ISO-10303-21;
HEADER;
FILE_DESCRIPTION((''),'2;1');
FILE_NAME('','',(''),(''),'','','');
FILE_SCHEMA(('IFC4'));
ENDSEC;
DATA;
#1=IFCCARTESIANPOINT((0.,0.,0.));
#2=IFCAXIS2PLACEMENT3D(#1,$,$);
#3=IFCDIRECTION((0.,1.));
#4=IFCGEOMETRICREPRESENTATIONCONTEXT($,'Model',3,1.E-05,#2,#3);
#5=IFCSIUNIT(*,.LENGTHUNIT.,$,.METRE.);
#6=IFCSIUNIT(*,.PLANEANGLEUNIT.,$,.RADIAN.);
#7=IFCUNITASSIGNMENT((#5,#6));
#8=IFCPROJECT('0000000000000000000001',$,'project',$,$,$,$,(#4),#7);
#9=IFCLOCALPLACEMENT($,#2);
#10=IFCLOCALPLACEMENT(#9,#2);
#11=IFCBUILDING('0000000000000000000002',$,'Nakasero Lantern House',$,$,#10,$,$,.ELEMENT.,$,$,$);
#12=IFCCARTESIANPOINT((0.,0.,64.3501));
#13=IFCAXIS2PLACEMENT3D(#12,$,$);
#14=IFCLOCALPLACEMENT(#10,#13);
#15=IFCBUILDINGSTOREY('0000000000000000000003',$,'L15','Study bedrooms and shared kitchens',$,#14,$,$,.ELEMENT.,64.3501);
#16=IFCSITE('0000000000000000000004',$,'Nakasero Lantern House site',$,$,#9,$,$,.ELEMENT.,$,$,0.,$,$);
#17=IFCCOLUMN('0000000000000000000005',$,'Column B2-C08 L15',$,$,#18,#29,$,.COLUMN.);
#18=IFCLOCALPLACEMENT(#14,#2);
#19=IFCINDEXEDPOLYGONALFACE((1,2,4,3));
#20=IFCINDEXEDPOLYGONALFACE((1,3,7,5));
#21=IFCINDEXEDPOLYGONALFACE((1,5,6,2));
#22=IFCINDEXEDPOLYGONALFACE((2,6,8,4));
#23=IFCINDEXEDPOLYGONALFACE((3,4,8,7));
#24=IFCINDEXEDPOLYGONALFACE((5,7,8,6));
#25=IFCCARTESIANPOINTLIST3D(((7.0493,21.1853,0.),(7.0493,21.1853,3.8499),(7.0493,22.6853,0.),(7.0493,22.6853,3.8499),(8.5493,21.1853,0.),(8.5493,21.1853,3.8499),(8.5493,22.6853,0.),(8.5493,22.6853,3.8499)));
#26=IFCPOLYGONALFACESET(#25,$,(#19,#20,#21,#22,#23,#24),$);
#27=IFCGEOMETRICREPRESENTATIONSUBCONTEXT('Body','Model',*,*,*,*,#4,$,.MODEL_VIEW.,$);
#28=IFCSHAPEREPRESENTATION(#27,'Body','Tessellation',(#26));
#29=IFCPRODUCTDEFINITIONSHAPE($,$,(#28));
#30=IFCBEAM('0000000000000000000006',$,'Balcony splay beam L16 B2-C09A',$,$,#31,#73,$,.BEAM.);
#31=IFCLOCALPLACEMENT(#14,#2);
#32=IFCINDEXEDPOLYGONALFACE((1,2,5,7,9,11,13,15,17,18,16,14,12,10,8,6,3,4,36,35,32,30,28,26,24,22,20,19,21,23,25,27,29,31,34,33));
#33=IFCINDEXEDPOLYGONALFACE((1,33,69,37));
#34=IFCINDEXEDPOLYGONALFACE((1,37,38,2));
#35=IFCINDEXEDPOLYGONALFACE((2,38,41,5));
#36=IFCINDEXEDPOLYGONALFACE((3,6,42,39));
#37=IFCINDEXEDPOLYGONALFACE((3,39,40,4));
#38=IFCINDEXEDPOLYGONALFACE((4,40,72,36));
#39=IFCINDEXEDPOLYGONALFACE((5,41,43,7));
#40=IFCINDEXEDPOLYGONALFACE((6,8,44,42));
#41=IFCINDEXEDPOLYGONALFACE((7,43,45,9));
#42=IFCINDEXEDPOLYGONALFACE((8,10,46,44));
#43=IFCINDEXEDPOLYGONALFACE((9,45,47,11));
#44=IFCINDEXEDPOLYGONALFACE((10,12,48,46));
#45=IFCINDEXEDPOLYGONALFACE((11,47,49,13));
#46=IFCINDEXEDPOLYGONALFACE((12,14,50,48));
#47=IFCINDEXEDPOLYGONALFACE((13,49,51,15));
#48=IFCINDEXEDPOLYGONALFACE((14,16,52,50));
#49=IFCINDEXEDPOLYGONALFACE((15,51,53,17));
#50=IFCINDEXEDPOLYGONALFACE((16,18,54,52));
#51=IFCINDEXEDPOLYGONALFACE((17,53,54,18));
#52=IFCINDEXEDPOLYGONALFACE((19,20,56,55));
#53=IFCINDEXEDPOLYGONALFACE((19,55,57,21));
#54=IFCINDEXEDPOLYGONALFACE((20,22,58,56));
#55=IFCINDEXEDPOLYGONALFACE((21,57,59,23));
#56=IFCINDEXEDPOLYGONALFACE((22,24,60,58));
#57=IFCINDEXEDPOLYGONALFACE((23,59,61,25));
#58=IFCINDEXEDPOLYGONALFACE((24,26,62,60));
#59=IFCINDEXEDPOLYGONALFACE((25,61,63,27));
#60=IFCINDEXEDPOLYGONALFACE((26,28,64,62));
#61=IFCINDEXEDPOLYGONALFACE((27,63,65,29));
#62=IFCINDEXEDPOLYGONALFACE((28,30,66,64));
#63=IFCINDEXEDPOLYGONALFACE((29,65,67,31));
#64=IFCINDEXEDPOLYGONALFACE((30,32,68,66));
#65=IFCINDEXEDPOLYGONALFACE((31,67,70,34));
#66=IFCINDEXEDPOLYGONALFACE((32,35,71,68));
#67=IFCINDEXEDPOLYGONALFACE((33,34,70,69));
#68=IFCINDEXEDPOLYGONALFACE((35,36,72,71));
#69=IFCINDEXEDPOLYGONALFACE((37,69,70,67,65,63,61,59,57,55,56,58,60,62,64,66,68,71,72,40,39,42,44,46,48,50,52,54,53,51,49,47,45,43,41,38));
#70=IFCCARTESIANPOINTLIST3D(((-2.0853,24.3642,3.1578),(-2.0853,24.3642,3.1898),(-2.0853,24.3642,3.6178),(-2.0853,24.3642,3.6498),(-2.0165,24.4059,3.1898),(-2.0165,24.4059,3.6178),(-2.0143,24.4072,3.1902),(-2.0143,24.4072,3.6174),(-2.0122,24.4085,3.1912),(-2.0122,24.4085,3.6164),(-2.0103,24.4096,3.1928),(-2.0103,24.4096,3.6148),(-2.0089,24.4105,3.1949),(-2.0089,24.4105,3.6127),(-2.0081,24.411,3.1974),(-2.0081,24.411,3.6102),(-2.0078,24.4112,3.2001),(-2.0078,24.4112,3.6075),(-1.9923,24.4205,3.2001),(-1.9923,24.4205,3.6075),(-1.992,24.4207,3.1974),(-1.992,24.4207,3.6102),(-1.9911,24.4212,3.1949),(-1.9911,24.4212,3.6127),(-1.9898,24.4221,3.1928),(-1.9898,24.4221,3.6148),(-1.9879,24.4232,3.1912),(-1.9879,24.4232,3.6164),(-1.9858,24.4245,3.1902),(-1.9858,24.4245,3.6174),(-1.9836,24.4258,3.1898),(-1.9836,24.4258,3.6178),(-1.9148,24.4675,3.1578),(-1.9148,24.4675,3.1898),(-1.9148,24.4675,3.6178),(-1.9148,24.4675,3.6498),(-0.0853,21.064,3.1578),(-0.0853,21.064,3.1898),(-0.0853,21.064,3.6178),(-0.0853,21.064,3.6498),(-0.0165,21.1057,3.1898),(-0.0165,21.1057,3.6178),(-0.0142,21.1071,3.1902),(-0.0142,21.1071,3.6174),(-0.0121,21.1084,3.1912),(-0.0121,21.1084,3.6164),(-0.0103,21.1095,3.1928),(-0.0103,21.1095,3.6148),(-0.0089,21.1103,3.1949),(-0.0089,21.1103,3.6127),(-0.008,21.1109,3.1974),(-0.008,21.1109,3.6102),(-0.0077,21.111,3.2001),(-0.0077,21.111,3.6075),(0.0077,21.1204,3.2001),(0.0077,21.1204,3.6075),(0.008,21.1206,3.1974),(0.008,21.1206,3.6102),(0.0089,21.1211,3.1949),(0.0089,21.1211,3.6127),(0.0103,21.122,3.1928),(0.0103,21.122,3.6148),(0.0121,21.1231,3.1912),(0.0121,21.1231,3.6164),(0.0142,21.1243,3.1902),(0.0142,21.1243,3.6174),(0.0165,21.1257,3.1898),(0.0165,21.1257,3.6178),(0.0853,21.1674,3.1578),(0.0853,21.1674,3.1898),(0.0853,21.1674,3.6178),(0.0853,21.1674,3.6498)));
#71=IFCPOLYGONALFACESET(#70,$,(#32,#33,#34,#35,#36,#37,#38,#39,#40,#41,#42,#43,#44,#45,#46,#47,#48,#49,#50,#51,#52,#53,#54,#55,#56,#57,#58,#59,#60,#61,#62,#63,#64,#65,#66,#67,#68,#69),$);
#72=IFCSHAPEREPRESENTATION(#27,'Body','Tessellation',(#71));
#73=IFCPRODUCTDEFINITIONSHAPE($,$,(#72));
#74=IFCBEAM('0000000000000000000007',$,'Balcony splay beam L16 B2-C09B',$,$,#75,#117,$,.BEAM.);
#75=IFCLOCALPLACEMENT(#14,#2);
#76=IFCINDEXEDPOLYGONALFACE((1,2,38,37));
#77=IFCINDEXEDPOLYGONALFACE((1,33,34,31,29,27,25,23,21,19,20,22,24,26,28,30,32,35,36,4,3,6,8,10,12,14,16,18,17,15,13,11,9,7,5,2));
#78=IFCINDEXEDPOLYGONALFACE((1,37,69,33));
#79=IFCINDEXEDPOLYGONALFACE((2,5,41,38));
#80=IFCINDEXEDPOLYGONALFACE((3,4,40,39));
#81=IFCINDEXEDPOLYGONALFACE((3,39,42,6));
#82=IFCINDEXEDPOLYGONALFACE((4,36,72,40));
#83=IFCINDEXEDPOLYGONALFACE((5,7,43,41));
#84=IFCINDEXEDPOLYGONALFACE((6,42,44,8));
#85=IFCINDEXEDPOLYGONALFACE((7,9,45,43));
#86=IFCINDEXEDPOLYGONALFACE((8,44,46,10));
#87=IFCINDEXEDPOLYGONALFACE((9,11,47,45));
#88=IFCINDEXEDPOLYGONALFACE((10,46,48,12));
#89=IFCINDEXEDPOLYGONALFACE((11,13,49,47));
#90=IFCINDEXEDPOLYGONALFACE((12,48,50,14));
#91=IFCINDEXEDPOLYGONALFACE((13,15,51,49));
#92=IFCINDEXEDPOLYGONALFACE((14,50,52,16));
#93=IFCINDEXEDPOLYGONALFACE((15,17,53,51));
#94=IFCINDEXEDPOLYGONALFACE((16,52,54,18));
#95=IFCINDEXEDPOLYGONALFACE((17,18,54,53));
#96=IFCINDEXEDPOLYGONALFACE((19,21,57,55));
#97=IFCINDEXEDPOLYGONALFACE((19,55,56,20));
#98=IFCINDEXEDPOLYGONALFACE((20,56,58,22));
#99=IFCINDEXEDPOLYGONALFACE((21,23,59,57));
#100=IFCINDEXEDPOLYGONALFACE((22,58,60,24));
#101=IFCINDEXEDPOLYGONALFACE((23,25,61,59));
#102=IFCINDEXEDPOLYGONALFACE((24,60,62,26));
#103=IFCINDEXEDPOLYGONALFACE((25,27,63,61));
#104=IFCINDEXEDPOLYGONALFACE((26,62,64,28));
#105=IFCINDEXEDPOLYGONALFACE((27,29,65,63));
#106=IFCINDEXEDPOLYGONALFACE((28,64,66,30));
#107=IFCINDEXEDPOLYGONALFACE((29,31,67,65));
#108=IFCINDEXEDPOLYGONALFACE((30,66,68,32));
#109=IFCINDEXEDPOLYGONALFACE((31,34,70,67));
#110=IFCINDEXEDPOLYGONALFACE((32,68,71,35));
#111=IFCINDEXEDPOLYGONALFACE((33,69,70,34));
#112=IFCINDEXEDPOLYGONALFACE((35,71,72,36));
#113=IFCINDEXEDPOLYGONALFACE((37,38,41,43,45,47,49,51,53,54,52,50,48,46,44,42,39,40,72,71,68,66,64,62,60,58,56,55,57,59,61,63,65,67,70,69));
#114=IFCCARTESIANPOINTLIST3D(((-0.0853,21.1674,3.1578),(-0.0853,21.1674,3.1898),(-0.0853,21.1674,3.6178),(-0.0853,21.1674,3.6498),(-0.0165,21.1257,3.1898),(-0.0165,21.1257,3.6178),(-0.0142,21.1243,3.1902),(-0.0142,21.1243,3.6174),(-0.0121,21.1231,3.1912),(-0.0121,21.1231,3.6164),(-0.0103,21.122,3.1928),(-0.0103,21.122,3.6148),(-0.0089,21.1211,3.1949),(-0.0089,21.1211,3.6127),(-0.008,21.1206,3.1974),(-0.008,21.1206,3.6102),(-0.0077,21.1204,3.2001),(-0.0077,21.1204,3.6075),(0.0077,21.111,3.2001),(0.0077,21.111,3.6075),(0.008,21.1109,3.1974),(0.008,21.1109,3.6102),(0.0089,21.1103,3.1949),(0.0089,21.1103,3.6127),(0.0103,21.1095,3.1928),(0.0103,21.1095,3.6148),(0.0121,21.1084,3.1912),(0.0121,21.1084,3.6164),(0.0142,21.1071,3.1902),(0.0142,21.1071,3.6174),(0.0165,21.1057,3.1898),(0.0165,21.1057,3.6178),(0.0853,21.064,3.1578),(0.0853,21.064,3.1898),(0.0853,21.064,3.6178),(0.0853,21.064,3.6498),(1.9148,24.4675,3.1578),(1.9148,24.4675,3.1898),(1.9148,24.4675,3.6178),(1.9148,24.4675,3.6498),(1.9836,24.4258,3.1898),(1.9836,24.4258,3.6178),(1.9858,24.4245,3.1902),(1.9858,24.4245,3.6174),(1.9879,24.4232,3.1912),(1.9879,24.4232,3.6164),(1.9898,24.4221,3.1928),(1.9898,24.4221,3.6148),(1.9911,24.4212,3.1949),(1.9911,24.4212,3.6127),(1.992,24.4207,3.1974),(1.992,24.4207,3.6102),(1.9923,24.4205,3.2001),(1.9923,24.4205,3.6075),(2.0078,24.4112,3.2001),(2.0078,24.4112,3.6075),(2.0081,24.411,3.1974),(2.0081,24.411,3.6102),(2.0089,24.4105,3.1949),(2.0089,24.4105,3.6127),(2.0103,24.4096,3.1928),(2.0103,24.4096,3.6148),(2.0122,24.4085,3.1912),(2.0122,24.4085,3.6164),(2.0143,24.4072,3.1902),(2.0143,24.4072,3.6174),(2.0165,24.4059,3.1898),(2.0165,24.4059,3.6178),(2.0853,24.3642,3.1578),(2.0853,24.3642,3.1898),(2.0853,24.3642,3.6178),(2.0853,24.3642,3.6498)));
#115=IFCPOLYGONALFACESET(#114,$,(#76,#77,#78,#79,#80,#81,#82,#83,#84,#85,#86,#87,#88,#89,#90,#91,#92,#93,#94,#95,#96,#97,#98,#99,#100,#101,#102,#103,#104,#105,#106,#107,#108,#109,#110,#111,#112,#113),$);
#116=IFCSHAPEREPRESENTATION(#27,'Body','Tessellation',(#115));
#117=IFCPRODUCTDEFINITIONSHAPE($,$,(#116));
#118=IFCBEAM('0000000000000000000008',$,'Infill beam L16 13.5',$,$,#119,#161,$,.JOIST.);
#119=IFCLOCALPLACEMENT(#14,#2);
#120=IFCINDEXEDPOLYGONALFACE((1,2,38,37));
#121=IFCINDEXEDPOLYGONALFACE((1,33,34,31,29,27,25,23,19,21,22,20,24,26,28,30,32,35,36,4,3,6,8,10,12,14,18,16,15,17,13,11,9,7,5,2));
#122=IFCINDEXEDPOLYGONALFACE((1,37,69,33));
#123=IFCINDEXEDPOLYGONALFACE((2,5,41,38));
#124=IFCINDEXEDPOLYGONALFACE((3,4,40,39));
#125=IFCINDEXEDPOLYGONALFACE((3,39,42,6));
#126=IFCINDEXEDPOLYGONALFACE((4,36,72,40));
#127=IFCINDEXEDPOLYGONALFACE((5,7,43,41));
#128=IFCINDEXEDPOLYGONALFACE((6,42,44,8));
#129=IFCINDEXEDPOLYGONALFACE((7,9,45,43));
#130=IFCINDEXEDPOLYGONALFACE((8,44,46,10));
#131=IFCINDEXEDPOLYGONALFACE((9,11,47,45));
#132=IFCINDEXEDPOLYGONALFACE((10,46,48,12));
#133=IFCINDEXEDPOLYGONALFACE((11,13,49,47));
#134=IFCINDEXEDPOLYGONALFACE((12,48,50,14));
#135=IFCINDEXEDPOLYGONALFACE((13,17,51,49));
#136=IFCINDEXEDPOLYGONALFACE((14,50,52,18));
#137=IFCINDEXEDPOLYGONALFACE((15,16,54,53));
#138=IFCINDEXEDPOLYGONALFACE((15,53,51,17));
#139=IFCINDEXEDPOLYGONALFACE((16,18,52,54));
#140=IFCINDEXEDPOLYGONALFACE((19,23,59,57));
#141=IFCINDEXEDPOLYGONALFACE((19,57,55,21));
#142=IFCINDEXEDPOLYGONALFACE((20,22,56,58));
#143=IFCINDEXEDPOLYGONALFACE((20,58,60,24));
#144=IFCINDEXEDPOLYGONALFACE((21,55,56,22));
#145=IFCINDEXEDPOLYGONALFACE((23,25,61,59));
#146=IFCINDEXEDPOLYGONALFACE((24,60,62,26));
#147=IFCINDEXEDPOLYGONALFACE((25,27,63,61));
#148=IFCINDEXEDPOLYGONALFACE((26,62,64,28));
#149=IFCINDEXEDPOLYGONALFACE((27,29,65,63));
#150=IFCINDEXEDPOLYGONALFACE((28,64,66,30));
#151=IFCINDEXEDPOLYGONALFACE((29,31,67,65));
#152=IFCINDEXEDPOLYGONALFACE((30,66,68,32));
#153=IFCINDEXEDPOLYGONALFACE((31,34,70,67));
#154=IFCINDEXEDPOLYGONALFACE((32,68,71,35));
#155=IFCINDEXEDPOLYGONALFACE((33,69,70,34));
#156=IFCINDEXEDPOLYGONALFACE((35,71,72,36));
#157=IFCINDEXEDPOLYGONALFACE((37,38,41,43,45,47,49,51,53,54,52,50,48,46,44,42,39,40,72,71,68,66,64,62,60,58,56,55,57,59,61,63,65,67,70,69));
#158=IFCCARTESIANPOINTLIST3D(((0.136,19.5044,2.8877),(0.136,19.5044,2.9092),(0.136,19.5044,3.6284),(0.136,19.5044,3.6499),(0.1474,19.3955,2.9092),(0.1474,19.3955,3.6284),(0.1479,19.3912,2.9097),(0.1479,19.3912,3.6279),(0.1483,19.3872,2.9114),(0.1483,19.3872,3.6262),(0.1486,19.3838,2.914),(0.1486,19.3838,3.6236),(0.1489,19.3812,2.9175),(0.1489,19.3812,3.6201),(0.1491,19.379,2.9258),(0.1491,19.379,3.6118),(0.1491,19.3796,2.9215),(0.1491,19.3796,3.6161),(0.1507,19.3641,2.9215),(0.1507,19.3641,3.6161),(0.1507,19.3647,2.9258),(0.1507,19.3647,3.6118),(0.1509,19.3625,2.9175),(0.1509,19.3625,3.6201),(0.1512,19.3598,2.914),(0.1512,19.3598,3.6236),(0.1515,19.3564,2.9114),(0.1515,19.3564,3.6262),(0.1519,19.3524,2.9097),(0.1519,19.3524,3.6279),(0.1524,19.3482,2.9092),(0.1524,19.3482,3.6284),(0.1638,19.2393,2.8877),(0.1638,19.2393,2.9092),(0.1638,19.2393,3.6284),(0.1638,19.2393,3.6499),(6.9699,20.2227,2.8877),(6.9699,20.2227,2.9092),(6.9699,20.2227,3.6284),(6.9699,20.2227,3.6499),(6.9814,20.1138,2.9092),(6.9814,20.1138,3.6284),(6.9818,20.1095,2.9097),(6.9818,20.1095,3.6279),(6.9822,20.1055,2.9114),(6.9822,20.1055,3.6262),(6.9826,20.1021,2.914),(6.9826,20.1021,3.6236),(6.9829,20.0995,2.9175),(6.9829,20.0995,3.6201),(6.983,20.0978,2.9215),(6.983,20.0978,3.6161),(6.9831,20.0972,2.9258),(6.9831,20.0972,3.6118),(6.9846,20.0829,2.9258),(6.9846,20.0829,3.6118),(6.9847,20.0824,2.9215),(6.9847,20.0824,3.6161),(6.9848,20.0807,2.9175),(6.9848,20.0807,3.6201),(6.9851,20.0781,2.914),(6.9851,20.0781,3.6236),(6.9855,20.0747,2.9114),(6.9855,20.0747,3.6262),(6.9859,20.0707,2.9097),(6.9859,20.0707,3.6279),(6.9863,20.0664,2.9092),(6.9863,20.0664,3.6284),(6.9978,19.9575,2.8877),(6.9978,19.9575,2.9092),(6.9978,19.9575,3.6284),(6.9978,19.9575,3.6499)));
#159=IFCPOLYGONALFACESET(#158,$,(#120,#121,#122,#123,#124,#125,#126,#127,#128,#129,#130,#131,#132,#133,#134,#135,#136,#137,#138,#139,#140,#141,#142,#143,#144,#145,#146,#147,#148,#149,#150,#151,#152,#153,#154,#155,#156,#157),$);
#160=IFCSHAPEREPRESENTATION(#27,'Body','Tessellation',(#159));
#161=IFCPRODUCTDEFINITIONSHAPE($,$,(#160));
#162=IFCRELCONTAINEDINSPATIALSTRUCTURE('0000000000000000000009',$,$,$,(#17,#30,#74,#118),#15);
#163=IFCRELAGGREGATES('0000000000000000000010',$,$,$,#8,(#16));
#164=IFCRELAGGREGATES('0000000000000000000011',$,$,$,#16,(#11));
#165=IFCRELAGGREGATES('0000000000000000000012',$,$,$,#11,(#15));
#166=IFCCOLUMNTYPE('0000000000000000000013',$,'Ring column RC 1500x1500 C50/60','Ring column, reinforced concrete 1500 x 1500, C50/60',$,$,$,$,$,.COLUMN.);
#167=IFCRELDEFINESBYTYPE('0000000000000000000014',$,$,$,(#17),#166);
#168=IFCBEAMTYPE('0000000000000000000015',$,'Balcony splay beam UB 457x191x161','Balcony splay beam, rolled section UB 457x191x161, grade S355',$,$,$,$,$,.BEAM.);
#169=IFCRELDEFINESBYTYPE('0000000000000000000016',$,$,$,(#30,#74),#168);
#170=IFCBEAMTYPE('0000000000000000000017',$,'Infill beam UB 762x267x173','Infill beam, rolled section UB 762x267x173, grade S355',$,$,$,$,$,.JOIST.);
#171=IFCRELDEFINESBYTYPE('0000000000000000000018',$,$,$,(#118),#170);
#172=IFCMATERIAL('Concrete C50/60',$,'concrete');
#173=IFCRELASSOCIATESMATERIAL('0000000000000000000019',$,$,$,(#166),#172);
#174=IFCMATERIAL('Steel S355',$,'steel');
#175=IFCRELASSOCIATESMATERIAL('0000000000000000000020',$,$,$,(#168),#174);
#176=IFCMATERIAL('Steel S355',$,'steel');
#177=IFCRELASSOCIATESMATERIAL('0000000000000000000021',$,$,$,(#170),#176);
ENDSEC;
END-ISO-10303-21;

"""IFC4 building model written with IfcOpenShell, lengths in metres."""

from ifc_helpers import new_model, si_unit, direction, frame, origin, origin_2d, place, context, subcontext, project, spatial, rectangle, i_section, extrude, material, material_profile, profile_set, type_object, element, save


model = new_model("IFC4")

# Units and contexts
model_context = context("Model", 3, precision=1e-05, world=origin(), true_north=direction((0.0, 1.0)))
body_context = subcontext(model_context, "Body", "Model", "MODEL_VIEW")
ifc_project = project(units=[si_unit("LENGTHUNIT", "METRE"), si_unit("PLANEANGLEUNIT", "RADIAN")], contexts=[model_context])

# Site, building, storey
site_placement = place(None, origin())
site = spatial("IfcSite", under=ifc_project, at=site_placement, Name="Nakasero Lantern House site", CompositionType="ELEMENT", RefElevation=0.0)
building_placement = place(site_placement, origin())
building = spatial("IfcBuilding", under=site, at=building_placement, Name="Nakasero Lantern House", CompositionType="ELEMENT")
storey_placement = place(building_placement, frame((0.0, 0.0, 64.3501)))
storey = spatial("IfcBuildingStorey", under=building, at=storey_placement, Name="L15", Description="Study bedrooms and shared kitchens", CompositionType="ELEMENT", Elevation=64.3501)

# Column
ifc_material_1 = material(Name="Concrete C50/60", Category="concrete")
ifc_material_profile_1 = material_profile(ifc_material_1, rectangle(XDim=1.5, YDim=1.5, at=origin_2d()), Name="RC 1500x1500")
ifc_profile_set_1 = profile_set([ifc_material_profile_1], Name="Concrete C50/60")
column_type = type_object("IfcColumnType", Name="Ring column RC 1500x1500 C50/60", Description="Ring column, reinforced concrete 1500 x 1500, C50/60", PredefinedType="COLUMN", material=ifc_profile_set_1)
column_placement = place(storey_placement, frame((7.7993, 21.9353, 0.0), z_axis=(0.0, 0.0, 1.0), x_axis=(1.0, 0.0, 0.0)))
element("IfcColumn", 1, at=column_placement, inside=storey, type_object=column_type, Name="Column B2-C08 L15", PredefinedType="COLUMN", context=body_context, shape_type="SweptSolid", body=[
    extrude(rectangle(XDim=1.5, YDim=1.5, at=origin_2d()), origin(), (0.0, 0.0, 1.0), 3.8499),
])

# Beams
ifc_material_2 = material(Name="Steel S355", Category="steel")
ifc_material_profile_2 = material_profile(ifc_material_2, i_section(OverallWidth=0.1995, OverallDepth=0.4919, WebThickness=0.0181, FlangeThickness=0.032, FilletRadius=0.0103, at=origin_2d()), Name="UB 457x191x161")
ifc_profile_set_2 = profile_set([ifc_material_profile_2], Name="Steel S355")
beam_type_1 = type_object("IfcBeamType", Name="Balcony splay beam UB 457x191x161", Description="Balcony splay beam, rolled section UB 457x191x161, grade S355", PredefinedType="BEAM", material=ifc_profile_set_2)
for number, where, z_axis, x_axis, name in (
    (2, (0.0, 21.1157, 3.4038), (-0.518296, 0.855201, 0.0), (-0.855201, -0.518296, 0.0), "Balcony splay beam L16 B2-C09A"),
    (3, (0.0, 21.1157, 3.4038), (0.518296, 0.855201, 0.0), (-0.855201, 0.518296, 0.0), "Balcony splay beam L16 B2-C09B"),
):
    element("IfcBeam", number, at=place(storey_placement, frame(where, z_axis=z_axis, x_axis=x_axis)), inside=storey, type_object=beam_type_1, Name=name, PredefinedType="BEAM", context=body_context, shape_type="SweptSolid", body=[
        extrude(i_section(OverallWidth=0.1995, OverallDepth=0.4919, WebThickness=0.0181, FlangeThickness=0.032, FilletRadius=0.0103, at=origin_2d()), origin(), (0.0, 0.0, 1.0), 3.8589),
    ])
ifc_material_3 = material(Name="Steel S355", Category="steel")
ifc_material_profile_3 = material_profile(ifc_material_3, i_section(OverallWidth=0.2666, OverallDepth=0.7622, WebThickness=0.0144, FlangeThickness=0.0215, FilletRadius=0.0166, at=origin_2d()), Name="UB 762x267x173")
ifc_profile_set_3 = profile_set([ifc_material_profile_3], Name="Steel S355")
beam_type_2 = type_object("IfcBeamType", Name="Infill beam UB 762x267x173", Description="Infill beam, rolled section UB 762x267x173, grade S355", PredefinedType="JOIST", material=ifc_profile_set_3)
beam_1_placement = place(storey_placement, frame((0.1499, 19.3718, 3.2688), z_axis=(0.994522, 0.104526, 0.0), x_axis=(-0.104526, 0.994522, 0.0)))
element("IfcBeam", 4, at=beam_1_placement, inside=storey, type_object=beam_type_2, Name="Infill beam L16 13.5", PredefinedType="JOIST", context=body_context, shape_type="SweptSolid", body=[
    extrude(i_section(OverallWidth=0.2666, OverallDepth=0.7622, WebThickness=0.0144, FlangeThickness=0.0215, FilletRadius=0.0166, at=origin_2d()), origin(), (0.0, 0.0, 1.0), 6.8716),
])

save(model, "model.ifc")
